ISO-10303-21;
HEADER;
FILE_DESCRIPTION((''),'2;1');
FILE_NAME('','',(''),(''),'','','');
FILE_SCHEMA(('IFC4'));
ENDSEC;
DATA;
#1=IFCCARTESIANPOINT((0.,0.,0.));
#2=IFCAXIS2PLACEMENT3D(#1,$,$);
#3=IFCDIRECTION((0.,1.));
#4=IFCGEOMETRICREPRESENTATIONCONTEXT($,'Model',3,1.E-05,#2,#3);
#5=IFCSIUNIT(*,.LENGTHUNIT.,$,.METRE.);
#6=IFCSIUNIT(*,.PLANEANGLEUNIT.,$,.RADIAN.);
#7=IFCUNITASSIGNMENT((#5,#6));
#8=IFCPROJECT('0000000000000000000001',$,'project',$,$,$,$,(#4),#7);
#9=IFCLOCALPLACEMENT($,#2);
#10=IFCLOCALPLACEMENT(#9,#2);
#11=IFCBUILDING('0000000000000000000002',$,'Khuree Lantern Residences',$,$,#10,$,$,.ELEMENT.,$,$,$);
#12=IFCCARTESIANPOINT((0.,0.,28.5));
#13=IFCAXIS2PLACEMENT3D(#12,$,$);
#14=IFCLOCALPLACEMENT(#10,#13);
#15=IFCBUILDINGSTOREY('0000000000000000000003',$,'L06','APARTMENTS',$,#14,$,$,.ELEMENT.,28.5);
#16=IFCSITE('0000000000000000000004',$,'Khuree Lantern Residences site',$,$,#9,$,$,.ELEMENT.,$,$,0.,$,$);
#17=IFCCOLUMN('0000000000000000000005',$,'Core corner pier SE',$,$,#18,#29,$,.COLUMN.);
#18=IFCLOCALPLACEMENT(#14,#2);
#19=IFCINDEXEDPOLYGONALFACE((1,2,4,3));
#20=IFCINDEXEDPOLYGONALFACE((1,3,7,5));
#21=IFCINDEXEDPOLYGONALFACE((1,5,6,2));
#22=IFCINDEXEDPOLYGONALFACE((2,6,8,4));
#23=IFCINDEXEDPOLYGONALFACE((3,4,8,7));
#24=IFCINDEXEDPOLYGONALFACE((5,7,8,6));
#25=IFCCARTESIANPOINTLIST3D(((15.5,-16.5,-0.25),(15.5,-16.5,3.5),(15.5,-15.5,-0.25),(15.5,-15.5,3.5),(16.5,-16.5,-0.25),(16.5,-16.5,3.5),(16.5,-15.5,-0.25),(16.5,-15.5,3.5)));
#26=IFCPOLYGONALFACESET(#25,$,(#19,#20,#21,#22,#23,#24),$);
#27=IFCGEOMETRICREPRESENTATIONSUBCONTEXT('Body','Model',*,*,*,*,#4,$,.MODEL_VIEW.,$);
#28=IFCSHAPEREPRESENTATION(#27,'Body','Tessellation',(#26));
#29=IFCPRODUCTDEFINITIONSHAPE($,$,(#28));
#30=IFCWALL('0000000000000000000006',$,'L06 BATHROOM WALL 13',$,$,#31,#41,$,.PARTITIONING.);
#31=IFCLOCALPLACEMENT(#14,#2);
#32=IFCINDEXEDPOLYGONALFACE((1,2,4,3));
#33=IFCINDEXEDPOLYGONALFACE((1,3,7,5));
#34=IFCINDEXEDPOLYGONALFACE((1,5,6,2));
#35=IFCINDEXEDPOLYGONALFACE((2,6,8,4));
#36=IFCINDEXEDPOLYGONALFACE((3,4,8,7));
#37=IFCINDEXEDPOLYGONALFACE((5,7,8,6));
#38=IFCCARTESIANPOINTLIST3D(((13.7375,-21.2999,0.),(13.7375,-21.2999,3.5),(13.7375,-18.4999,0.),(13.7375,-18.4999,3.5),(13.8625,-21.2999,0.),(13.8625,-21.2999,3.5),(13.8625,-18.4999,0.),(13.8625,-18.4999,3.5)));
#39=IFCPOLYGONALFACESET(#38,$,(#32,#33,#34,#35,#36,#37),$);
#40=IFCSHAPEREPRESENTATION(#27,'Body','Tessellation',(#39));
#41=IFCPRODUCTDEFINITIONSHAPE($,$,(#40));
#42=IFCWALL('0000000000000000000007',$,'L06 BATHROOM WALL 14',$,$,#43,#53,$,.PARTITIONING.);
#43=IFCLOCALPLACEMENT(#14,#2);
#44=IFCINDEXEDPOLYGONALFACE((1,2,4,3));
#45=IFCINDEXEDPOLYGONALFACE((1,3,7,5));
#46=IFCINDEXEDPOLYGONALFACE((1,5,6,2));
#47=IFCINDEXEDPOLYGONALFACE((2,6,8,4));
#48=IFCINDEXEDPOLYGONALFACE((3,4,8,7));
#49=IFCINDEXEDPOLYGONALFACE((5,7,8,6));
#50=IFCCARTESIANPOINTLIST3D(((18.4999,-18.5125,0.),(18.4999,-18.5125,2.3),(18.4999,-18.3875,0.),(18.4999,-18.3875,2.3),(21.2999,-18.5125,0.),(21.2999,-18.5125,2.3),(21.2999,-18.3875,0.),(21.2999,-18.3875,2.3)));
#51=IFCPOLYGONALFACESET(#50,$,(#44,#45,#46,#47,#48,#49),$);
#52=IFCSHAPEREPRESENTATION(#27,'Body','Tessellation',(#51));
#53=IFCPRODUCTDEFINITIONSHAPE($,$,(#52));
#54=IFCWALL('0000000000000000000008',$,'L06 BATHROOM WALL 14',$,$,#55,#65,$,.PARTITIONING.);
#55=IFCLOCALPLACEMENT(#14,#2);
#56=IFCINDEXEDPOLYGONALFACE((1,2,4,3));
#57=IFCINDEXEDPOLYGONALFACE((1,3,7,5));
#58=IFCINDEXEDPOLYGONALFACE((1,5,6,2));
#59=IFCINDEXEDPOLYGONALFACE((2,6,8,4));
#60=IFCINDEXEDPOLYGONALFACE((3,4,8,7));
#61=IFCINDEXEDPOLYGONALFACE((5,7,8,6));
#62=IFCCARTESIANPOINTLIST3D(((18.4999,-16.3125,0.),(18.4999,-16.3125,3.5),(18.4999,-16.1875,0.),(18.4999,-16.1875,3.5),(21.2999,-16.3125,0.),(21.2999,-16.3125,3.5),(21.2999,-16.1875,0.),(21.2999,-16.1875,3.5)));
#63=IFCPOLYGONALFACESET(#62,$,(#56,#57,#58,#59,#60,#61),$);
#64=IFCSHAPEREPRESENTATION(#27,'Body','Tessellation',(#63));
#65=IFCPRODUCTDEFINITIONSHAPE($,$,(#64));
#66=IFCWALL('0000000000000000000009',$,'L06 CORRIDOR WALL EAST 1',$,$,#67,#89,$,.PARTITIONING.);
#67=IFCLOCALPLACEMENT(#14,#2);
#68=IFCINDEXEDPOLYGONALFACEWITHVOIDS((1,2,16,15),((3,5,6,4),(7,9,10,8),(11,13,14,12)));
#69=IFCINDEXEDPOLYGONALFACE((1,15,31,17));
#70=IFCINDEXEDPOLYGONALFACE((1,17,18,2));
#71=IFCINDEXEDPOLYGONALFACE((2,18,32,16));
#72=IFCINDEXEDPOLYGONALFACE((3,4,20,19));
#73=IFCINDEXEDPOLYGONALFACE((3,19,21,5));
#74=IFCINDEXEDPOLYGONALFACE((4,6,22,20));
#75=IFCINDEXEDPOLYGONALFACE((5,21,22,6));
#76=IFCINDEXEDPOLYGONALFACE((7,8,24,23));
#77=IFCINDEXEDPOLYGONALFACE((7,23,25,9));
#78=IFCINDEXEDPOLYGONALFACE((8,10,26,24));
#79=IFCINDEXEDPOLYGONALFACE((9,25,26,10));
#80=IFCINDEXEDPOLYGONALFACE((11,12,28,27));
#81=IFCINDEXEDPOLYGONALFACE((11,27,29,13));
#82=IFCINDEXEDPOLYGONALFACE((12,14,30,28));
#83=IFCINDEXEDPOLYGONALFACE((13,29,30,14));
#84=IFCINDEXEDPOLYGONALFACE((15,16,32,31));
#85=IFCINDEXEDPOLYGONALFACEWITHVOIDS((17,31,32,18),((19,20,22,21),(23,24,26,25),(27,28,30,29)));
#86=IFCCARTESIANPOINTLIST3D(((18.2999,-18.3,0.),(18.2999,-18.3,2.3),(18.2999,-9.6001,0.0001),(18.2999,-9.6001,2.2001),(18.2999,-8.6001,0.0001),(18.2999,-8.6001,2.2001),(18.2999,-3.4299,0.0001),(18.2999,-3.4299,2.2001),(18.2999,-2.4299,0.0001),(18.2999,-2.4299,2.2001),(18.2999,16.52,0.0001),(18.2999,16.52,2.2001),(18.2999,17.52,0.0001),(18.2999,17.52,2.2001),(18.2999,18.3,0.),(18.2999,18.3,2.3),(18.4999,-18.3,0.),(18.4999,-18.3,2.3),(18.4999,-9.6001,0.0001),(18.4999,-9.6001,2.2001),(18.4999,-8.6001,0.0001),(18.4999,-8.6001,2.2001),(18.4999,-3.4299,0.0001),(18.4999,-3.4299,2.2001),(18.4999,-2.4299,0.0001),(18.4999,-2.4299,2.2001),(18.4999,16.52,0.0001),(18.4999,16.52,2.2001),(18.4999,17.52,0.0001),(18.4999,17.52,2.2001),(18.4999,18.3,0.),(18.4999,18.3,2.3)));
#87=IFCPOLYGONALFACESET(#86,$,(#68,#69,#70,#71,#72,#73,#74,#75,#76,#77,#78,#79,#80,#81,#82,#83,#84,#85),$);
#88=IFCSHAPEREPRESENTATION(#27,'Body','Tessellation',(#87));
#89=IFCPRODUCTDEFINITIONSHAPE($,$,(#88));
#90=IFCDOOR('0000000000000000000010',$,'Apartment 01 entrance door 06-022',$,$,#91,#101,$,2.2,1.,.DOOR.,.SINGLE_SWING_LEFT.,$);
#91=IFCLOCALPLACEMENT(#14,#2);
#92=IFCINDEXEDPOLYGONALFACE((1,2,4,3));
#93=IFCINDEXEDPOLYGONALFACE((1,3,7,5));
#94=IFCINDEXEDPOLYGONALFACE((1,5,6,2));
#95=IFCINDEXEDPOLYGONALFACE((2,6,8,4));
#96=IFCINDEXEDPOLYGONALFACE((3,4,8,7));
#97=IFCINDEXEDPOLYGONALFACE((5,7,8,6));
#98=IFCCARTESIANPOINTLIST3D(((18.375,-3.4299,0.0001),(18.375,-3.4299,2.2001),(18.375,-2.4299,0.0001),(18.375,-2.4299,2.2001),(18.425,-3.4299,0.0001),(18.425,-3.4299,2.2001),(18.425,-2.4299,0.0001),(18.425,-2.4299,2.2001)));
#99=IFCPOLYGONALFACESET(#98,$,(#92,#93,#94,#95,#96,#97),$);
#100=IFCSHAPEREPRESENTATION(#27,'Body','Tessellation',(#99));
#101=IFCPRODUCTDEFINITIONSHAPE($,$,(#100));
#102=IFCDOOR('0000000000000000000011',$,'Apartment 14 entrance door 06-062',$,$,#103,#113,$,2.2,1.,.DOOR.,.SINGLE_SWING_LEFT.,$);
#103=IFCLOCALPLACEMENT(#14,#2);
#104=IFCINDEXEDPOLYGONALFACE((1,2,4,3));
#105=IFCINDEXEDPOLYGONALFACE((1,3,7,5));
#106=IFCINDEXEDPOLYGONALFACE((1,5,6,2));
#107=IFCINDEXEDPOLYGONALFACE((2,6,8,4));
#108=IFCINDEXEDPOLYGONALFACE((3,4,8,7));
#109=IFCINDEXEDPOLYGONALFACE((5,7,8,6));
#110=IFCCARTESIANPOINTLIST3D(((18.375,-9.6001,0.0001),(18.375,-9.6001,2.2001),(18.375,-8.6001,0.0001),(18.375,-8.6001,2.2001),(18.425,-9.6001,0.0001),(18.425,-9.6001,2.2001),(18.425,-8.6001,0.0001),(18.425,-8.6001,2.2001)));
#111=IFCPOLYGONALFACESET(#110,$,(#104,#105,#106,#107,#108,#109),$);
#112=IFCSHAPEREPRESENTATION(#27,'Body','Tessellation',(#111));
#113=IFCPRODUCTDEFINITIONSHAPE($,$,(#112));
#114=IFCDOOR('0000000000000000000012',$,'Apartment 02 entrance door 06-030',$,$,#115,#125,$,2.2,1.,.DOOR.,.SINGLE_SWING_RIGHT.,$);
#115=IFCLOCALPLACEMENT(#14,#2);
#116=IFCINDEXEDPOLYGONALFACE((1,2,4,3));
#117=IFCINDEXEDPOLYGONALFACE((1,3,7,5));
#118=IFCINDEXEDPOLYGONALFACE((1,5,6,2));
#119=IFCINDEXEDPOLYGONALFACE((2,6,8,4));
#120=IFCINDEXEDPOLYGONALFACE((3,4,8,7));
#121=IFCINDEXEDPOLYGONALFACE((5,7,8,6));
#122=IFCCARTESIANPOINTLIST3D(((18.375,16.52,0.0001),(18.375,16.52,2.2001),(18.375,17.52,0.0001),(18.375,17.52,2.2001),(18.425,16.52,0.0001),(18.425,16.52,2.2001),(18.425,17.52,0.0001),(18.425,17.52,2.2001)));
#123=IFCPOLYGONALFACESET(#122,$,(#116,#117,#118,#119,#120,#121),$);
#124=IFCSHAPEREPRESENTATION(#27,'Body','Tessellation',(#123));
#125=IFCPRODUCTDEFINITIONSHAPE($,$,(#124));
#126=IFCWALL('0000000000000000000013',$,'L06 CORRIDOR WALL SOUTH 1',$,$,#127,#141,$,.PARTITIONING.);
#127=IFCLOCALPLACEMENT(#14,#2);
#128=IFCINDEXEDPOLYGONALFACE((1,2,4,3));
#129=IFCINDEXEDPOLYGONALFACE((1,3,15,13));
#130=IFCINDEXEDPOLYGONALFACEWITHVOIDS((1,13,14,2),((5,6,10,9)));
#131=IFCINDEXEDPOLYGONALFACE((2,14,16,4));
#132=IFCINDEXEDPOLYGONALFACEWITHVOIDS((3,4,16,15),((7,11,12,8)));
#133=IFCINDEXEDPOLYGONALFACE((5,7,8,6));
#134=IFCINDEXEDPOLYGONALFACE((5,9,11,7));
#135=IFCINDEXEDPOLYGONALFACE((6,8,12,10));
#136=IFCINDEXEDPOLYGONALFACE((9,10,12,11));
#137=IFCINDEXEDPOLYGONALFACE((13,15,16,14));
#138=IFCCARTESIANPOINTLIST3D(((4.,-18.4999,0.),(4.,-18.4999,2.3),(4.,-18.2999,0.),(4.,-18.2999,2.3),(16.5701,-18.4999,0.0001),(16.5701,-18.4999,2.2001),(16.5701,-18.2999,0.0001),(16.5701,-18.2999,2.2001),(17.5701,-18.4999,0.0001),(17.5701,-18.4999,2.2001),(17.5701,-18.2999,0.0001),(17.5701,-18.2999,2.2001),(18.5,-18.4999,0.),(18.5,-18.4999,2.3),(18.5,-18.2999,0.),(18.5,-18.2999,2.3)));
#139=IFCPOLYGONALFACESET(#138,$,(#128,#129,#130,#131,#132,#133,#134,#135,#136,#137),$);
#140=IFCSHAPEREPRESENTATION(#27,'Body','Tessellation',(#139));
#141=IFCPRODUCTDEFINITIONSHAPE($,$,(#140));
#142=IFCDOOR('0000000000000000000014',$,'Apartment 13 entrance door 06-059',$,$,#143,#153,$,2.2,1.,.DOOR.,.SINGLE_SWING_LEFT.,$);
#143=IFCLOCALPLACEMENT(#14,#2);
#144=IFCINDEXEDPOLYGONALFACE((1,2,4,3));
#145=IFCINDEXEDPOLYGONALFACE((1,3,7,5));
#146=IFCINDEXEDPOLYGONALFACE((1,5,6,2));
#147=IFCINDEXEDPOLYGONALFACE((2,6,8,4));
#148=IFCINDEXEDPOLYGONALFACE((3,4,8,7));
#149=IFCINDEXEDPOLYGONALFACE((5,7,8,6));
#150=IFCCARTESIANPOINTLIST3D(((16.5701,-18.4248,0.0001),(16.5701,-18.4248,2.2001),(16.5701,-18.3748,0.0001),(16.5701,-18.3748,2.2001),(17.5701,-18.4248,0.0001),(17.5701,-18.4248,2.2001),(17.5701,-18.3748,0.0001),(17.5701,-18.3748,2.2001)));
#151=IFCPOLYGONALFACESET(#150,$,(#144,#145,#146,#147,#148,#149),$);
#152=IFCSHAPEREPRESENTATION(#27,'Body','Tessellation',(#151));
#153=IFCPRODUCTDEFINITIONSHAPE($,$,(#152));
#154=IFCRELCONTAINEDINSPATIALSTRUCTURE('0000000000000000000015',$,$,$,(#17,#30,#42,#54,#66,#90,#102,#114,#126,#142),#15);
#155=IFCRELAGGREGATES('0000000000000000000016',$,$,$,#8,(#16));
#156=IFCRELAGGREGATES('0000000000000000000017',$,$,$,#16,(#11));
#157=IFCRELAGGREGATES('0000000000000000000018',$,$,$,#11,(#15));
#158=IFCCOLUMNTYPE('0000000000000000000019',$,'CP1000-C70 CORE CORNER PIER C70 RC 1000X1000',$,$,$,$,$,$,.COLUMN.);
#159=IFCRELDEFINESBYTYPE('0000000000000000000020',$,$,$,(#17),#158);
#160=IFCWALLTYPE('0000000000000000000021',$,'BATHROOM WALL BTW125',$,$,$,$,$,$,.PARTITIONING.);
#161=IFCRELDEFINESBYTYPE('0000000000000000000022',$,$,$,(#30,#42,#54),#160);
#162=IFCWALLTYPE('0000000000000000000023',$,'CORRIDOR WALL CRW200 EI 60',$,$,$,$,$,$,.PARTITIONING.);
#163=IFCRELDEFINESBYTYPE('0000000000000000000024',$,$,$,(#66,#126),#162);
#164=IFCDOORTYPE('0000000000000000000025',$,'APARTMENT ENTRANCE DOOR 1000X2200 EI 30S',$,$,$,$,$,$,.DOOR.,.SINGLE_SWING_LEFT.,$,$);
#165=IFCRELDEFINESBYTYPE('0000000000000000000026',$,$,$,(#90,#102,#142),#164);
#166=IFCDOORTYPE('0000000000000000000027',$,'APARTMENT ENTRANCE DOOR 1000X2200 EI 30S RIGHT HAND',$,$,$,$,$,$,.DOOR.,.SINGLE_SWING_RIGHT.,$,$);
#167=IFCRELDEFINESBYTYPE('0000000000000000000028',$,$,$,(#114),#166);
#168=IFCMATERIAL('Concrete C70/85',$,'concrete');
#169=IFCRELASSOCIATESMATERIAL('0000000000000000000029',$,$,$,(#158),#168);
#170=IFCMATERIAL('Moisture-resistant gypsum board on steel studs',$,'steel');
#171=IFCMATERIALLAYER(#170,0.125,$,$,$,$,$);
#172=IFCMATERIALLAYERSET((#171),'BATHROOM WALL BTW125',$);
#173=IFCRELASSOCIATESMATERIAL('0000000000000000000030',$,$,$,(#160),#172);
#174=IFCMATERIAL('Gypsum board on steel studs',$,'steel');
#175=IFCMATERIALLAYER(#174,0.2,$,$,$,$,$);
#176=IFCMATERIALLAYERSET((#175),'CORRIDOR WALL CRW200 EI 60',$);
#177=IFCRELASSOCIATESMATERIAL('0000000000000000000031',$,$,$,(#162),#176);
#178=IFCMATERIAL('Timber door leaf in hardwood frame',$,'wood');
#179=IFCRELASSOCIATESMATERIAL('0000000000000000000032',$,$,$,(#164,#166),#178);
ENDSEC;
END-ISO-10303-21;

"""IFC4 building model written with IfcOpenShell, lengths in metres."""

from ifc_helpers import new_model, si_unit, direction, frame, frame_2d, origin, origin_2d, place, context, subcontext, project, spatial, rectangle, extrude, material, layer, layer_set, material_profile, profile_set, type_object, element, fill, save


model = new_model("IFC4")

# Units and contexts
model_context = context("Model", 3, precision=1e-05, world=origin(), true_north=direction((0.0, 1.0)))
body_context = subcontext(model_context, "Body", "Model", "MODEL_VIEW")
ifc_project = project(units=[si_unit("LENGTHUNIT", "METRE"), si_unit("PLANEANGLEUNIT", "RADIAN")], contexts=[model_context])

# Site, building, storey
site_placement = place(None, origin())
site = spatial("IfcSite", under=ifc_project, at=site_placement, Name="Khuree Lantern Residences site", CompositionType="ELEMENT", RefElevation=0.0)
building_placement = place(site_placement, origin())
building = spatial("IfcBuilding", under=site, at=building_placement, Name="Khuree Lantern Residences", CompositionType="ELEMENT")
storey_placement = place(building_placement, frame((0.0, 0.0, 28.5)))
storey = spatial("IfcBuildingStorey", under=building, at=storey_placement, Name="L06", Description="APARTMENTS", CompositionType="ELEMENT", Elevation=28.5)

# Column
ifc_material_1 = material(Name="Concrete C70/85", Category="concrete")
ifc_material_profile = material_profile(ifc_material_1, rectangle(XDim=1.0, YDim=1.0, at=origin_2d()), Name="RC 1000X1000")
ifc_profile_set = profile_set([ifc_material_profile], Name="Concrete C70/85")
column_type = type_object("IfcColumnType", Name="CP1000-C70 CORE CORNER PIER C70 RC 1000X1000", PredefinedType="COLUMN", material=ifc_profile_set)
column_placement = place(storey_placement, frame((16.0, -16.0, -0.25), z_axis=(0.0, 0.0, 1.0), x_axis=(1.0, 0.0, 0.0)))
element("IfcColumn", 1, at=column_placement, inside=storey, type_object=column_type, Name="Core corner pier SE", PredefinedType="COLUMN", context=body_context, shape_type="SweptSolid", body=[
    extrude(rectangle(XDim=1.0, YDim=1.0, at=origin_2d()), origin(), (0.0, 0.0, 1.0), 3.75),
])

# Walls
ifc_material_2 = material(Name="Moisture-resistant gypsum board on steel studs", Category="steel")
ifc_layer_1 = layer(ifc_material_2, 0.125)
ifc_layer_set_1 = layer_set([ifc_layer_1], Name="BATHROOM WALL BTW125")
wall_type_1 = type_object("IfcWallType", Name="BATHROOM WALL BTW125", PredefinedType="PARTITIONING", material=ifc_layer_set_1)
wall_1_placement = place(storey_placement, frame((13.8, -18.5, 0.0), z_axis=(0.0, 0.0, 1.0), x_axis=(0.0, -1.0, 0.0)))
element("IfcWall", 2, at=wall_1_placement, inside=storey, type_object=wall_type_1, Name="L06 BATHROOM WALL 13", PredefinedType="PARTITIONING", context=body_context, shape_type="SweptSolid", body=[
    extrude(rectangle(XDim=2.8, YDim=0.125, at=frame_2d((1.3999, 0.0))), origin(), (0.0, 0.0, 1.0), 3.5),
])
wall_2_placement = place(storey_placement, frame((18.5, -18.45, 0.0), z_axis=(0.0, 0.0, 1.0), x_axis=(1.0, 0.0, 0.0)))
element("IfcWall", 3, at=wall_2_placement, inside=storey, type_object=wall_type_1, Name="L06 BATHROOM WALL 14", PredefinedType="PARTITIONING", context=body_context, shape_type="SweptSolid", body=[
    extrude(rectangle(XDim=2.8, YDim=0.125, at=frame_2d((1.3999, 0.0))), origin(), (0.0, 0.0, 1.0), 2.3),
])
wall_3_placement = place(storey_placement, frame((18.5, -16.25, 0.0), z_axis=(0.0, 0.0, 1.0), x_axis=(1.0, 0.0, 0.0)))
element("IfcWall", 4, at=wall_3_placement, inside=storey, type_object=wall_type_1, Name="L06 BATHROOM WALL 14", PredefinedType="PARTITIONING", context=body_context, shape_type="SweptSolid", body=[
    extrude(rectangle(XDim=2.8, YDim=0.125, at=frame_2d((1.3999, 0.0))), origin(), (0.0, 0.0, 1.0), 3.5),
])

# Wall, openings, doors
ifc_material_3 = material(Name="Gypsum board on steel studs", Category="steel")
ifc_layer_2 = layer(ifc_material_3, 0.2)
ifc_layer_set_2 = layer_set([ifc_layer_2], Name="CORRIDOR WALL CRW200 EI 60")
wall_type_2 = type_object("IfcWallType", Name="CORRIDOR WALL CRW200 EI 60", PredefinedType="PARTITIONING", material=ifc_layer_set_2)
wall_4_placement = place(storey_placement, frame((18.3999, -18.3, 0.0), z_axis=(0.0, 0.0, 1.0), x_axis=(0.0, 1.0, 0.0)))
wall_4 = element("IfcWall", 5, at=wall_4_placement, inside=storey, type_object=wall_type_2, Name="L06 CORRIDOR WALL EAST 1", PredefinedType="PARTITIONING", context=body_context, shape_type="SweptSolid", body=[
    extrude(rectangle(XDim=36.6001, YDim=0.2, at=frame_2d((18.3, 0.0))), origin(), (0.0, 0.0, 1.0), 2.3),
])
opening_1_placement = place(wall_4_placement, frame((14.8701, 0.0, 0.0)))
opening_1 = element("IfcOpeningElement", 6, at=opening_1_placement, cuts=wall_4, PredefinedType="OPENING", context=body_context, shape_type="SweptSolid", body=[
    extrude(rectangle(XDim=1.0, YDim=2.2, at=frame_2d((0.5, 1.1001))), frame((0.0, 0.1099, 0.0), z_axis=(0.0, -1.0, 0.0), x_axis=(1.0, 0.0, 0.0)), (0.0, 0.0, 1.0), 0.22),
])
opening_2_placement = place(wall_4_placement, frame((34.8201, 0.0, 0.0)))
opening_2 = element("IfcOpeningElement", 7, at=opening_2_placement, cuts=wall_4, PredefinedType="OPENING", context=body_context, shape_type="SweptSolid", body=[
    extrude(rectangle(XDim=1.0, YDim=2.2, at=frame_2d((0.5, 1.1001))), frame((0.0, 0.1099, 0.0), z_axis=(0.0, -1.0, 0.0), x_axis=(1.0, 0.0, 0.0)), (0.0, 0.0, 1.0), 0.22),
])
opening_3_placement = place(wall_4_placement, frame((8.7, 0.0, 0.0)))
opening_3 = element("IfcOpeningElement", 8, at=opening_3_placement, cuts=wall_4, PredefinedType="OPENING", context=body_context, shape_type="SweptSolid", body=[
    extrude(rectangle(XDim=1.0, YDim=2.2, at=frame_2d((0.5, 1.1001))), frame((0.0, 0.1099, 0.0), z_axis=(0.0, -1.0, 0.0), x_axis=(1.0, 0.0, 0.0)), (0.0, 0.0, 1.0), 0.22),
])
ifc_material_4 = material(Name="Timber door leaf in hardwood frame", Category="wood")
door_type_1 = type_object("IfcDoorType", Name="APARTMENT ENTRANCE DOOR 1000X2200 EI 30S", OperationType="SINGLE_SWING_LEFT", PredefinedType="DOOR", material=ifc_material_4)
door_1_placement = place(opening_1_placement, origin())
door_1 = element("IfcDoor", 9, at=door_1_placement, inside=storey, type_object=door_type_1, Name="Apartment 01 entrance door 06-022", OperationType="SINGLE_SWING_LEFT", OverallHeight=2.2, OverallWidth=1.0, PredefinedType="DOOR", context=body_context, shape_type="SweptSolid", body=[
    extrude(rectangle(XDim=1.0, YDim=2.2, at=frame_2d((0.5, 1.1001))), frame((0.0, 0.0249, 0.0), z_axis=(0.0, -1.0, 0.0), x_axis=(1.0, 0.0, 0.0)), (0.0, 0.0, 1.0), 0.05),
])
fill(opening_1, door_1)
door_2_placement = place(opening_3_placement, origin())
door_2 = element("IfcDoor", 10, at=door_2_placement, inside=storey, type_object=door_type_1, Name="Apartment 14 entrance door 06-062", OperationType="SINGLE_SWING_LEFT", OverallHeight=2.2, OverallWidth=1.0, PredefinedType="DOOR", context=body_context, shape_type="SweptSolid", body=[
    extrude(rectangle(XDim=1.0, YDim=2.2, at=frame_2d((0.5, 1.1001))), frame((0.0, 0.0249, 0.0), z_axis=(0.0, -1.0, 0.0), x_axis=(1.0, 0.0, 0.0)), (0.0, 0.0, 1.0), 0.05),
])
fill(opening_3, door_2)
door_type_2 = type_object("IfcDoorType", Name="APARTMENT ENTRANCE DOOR 1000X2200 EI 30S RIGHT HAND", OperationType="SINGLE_SWING_RIGHT", PredefinedType="DOOR", material=ifc_material_4)
door_3_placement = place(opening_2_placement, origin())
door_3 = element("IfcDoor", 11, at=door_3_placement, inside=storey, type_object=door_type_2, Name="Apartment 02 entrance door 06-030", OperationType="SINGLE_SWING_RIGHT", OverallHeight=2.2, OverallWidth=1.0, PredefinedType="DOOR", context=body_context, shape_type="SweptSolid", body=[
    extrude(rectangle(XDim=1.0, YDim=2.2, at=frame_2d((0.5, 1.1001))), frame((0.0, 0.0249, 0.0), z_axis=(0.0, -1.0, 0.0), x_axis=(1.0, 0.0, 0.0)), (0.0, 0.0, 1.0), 0.05),
])
fill(opening_2, door_3)

# Wall, opening, door
wall_5_placement = place(storey_placement, frame((18.5, -18.3999, 0.0), z_axis=(0.0, 0.0, 1.0), x_axis=(-1.0, 0.0, 0.0)))
wall_5 = element("IfcWall", 12, at=wall_5_placement, inside=storey, type_object=wall_type_2, Name="L06 CORRIDOR WALL SOUTH 1", PredefinedType="PARTITIONING", context=body_context, shape_type="SweptSolid", body=[
    extrude(rectangle(XDim=14.5, YDim=0.2, at=frame_2d((7.25, 0.0))), origin(), (0.0, 0.0, 1.0), 2.3),
])
opening_4_placement = place(wall_5_placement, frame((0.9299, 0.0, 0.0)))
opening_4 = element("IfcOpeningElement", 13, at=opening_4_placement, cuts=wall_5, PredefinedType="OPENING", context=body_context, shape_type="SweptSolid", body=[
    extrude(rectangle(XDim=1.0, YDim=2.2, at=frame_2d((0.5, 1.1001))), frame((0.0, 0.1099, 0.0), z_axis=(0.0, -1.0, 0.0), x_axis=(1.0, 0.0, 0.0)), (0.0, 0.0, 1.0), 0.22),
])
door_4_placement = place(opening_4_placement, origin())
door_4 = element("IfcDoor", 14, at=door_4_placement, inside=storey, type_object=door_type_1, Name="Apartment 13 entrance door 06-059", OperationType="SINGLE_SWING_LEFT", OverallHeight=2.2, OverallWidth=1.0, PredefinedType="DOOR", context=body_context, shape_type="SweptSolid", body=[
    extrude(rectangle(XDim=1.0, YDim=2.2, at=frame_2d((0.5, 1.1001))), frame((0.0, 0.0249, 0.0), z_axis=(0.0, -1.0, 0.0), x_axis=(1.0, 0.0, 0.0)), (0.0, 0.0, 1.0), 0.05),
])
fill(opening_4, door_4)

save(model, "model.ifc")
